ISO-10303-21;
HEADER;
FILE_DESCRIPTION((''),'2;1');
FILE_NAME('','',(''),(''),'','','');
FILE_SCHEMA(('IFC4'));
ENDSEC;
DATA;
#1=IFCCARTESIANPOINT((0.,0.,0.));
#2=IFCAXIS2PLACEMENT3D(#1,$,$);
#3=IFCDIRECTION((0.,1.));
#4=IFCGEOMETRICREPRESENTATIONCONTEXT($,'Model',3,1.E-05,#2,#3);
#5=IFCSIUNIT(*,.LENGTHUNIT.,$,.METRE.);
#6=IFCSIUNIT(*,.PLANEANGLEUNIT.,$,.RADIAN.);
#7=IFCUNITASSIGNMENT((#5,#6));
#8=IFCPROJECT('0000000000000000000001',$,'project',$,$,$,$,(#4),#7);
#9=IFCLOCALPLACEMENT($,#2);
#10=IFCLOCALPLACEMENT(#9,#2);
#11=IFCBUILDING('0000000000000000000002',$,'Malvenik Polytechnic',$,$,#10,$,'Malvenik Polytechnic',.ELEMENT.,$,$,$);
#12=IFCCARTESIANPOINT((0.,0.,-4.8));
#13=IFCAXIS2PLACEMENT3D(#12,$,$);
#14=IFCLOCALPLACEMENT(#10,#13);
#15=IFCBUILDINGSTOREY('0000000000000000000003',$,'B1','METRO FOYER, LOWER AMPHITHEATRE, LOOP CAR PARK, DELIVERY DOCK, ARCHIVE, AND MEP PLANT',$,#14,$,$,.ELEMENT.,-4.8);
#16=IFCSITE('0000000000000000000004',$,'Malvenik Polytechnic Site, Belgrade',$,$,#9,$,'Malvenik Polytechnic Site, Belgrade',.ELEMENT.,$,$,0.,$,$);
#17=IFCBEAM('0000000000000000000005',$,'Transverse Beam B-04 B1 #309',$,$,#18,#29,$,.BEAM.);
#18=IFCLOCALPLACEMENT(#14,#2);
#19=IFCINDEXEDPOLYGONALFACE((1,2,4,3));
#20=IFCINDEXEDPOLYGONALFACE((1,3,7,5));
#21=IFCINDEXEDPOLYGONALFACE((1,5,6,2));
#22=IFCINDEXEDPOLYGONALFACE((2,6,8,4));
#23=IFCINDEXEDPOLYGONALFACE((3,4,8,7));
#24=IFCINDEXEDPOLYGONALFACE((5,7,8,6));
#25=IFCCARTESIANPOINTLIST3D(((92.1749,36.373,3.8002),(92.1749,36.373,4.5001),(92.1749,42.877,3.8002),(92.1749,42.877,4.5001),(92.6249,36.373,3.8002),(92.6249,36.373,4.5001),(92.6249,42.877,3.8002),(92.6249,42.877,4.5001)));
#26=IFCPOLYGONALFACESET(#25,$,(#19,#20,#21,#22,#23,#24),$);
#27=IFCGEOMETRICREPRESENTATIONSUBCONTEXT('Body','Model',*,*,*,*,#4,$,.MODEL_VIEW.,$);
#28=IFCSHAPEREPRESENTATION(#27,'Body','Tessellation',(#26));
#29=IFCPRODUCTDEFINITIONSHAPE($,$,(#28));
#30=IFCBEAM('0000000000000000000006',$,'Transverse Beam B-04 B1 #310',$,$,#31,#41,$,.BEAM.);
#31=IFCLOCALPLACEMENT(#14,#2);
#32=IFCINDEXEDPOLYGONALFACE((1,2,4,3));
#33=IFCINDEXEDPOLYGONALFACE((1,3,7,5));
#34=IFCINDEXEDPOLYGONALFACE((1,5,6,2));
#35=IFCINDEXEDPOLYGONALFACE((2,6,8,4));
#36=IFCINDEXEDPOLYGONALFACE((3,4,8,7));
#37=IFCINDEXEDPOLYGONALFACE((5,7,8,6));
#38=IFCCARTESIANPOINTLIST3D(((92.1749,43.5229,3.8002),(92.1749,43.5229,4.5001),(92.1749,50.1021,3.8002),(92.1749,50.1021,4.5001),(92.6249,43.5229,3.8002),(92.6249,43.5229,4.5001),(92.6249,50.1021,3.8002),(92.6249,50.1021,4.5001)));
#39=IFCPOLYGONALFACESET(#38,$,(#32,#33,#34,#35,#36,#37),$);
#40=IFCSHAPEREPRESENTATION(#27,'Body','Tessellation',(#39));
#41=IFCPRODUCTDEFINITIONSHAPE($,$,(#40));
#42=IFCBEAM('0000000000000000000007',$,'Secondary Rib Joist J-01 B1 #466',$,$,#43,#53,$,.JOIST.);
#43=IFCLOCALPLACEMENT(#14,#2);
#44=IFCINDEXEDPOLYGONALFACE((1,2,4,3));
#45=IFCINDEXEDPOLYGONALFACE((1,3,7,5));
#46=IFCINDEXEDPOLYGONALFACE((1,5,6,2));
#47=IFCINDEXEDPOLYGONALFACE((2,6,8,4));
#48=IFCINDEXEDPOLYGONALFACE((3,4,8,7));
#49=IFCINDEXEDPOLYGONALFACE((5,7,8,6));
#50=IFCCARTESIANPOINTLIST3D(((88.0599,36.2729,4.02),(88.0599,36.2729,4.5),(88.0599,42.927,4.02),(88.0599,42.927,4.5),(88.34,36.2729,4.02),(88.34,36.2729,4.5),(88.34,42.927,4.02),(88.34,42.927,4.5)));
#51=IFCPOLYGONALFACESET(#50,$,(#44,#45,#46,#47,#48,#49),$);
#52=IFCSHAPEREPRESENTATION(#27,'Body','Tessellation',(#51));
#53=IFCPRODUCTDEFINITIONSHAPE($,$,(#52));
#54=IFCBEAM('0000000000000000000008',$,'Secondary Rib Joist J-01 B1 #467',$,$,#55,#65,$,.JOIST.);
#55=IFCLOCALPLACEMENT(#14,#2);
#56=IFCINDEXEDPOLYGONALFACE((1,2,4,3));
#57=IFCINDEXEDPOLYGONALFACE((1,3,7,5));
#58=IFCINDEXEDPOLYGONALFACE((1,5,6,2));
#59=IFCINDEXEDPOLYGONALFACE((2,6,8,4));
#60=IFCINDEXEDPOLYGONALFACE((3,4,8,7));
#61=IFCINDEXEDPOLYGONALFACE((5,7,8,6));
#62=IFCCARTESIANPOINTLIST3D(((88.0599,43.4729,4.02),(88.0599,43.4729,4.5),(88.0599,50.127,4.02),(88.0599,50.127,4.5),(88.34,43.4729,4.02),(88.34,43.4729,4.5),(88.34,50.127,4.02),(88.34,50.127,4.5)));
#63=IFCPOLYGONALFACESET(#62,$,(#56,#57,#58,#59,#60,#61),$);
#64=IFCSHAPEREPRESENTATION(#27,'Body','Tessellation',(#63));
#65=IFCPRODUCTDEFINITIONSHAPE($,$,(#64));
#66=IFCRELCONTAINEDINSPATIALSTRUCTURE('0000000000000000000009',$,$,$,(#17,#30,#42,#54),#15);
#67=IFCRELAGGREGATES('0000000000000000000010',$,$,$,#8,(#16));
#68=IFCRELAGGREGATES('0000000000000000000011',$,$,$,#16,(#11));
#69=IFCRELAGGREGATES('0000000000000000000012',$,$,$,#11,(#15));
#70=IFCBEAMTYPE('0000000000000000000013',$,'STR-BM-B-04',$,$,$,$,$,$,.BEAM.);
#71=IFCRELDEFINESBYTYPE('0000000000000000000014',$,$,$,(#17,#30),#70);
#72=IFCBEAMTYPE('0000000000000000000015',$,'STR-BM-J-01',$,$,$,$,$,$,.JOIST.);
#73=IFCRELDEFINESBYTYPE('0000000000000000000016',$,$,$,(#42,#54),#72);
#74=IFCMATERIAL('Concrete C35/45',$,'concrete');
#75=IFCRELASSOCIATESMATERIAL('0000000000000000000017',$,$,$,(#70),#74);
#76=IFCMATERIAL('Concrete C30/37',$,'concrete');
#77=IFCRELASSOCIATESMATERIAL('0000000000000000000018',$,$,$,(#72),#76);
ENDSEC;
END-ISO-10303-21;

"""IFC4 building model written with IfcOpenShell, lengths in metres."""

from ifc_helpers import new_model, si_unit, direction, frame, origin, origin_2d, place, context, subcontext, project, spatial, rectangle, extrude, material, material_profile, profile_set, type_object, element, save


model = new_model("IFC4")

# Units and contexts
model_context = context("Model", 3, precision=1e-05, world=origin(), true_north=direction((0.0, 1.0)))
body_context = subcontext(model_context, "Body", "Model", "MODEL_VIEW")
ifc_project = project(units=[si_unit("LENGTHUNIT", "METRE"), si_unit("PLANEANGLEUNIT", "RADIAN")], contexts=[model_context])

# Site, building, storey
site_placement = place(None, origin())
site = spatial("IfcSite", under=ifc_project, at=site_placement, Name="Malvenik Polytechnic Site, Belgrade", LongName="Malvenik Polytechnic Site, Belgrade", CompositionType="ELEMENT", RefElevation=0.0)
building_placement = place(site_placement, origin())
building = spatial("IfcBuilding", under=site, at=building_placement, Name="Malvenik Polytechnic", LongName="Malvenik Polytechnic", CompositionType="ELEMENT")
storey_placement = place(building_placement, frame((0.0, 0.0, -4.8)))
storey = spatial("IfcBuildingStorey", under=building, at=storey_placement, Name="B1", Description="METRO FOYER, LOWER AMPHITHEATRE, LOOP CAR PARK, DELIVERY DOCK, ARCHIVE, AND MEP PLANT", CompositionType="ELEMENT", Elevation=-4.8)

# Shared definitions
ifc_material_1 = material(Name="Concrete C35/45", Category="concrete")

# Beams
ifc_material_profile_1 = material_profile(ifc_material_1, rectangle(XDim=0.45, YDim=0.7, at=origin_2d()), Name="RC BM 450x700")
ifc_profile_set_1 = profile_set([ifc_material_profile_1], Name="Concrete C35/45")
beam_type_1 = type_object("IfcBeamType", Name="STR-BM-B-04", PredefinedType="BEAM", material=ifc_profile_set_1)
beam_1_placement = place(storey_placement, frame((92.3999, 36.373, 4.1501), z_axis=(0.0, 1.0, 0.0), x_axis=(-1.0, 0.0, 0.0)))
element("IfcBeam", 1, at=beam_1_placement, inside=storey, type_object=beam_type_1, Name="Transverse Beam B-04 B1 #309", PredefinedType="BEAM", context=body_context, shape_type="SweptSolid", body=[
    extrude(rectangle(XDim=0.45, YDim=0.7, at=origin_2d()), origin(), (0.0, 0.0, 1.0), 6.5039),
])
beam_2_placement = place(storey_placement, frame((92.3999, 43.5229, 4.1501), z_axis=(0.0, 1.0, 0.0), x_axis=(-1.0, 0.0, 0.0)))
element("IfcBeam", 2, at=beam_2_placement, inside=storey, type_object=beam_type_1, Name="Transverse Beam B-04 B1 #310", PredefinedType="BEAM", context=body_context, shape_type="SweptSolid", body=[
    extrude(rectangle(XDim=0.45, YDim=0.7, at=origin_2d()), origin(), (0.0, 0.0, 1.0), 6.5791),
])
ifc_material_2 = material(Name="Concrete C30/37", Category="concrete")
ifc_material_profile_2 = material_profile(ifc_material_2, rectangle(XDim=0.28, YDim=0.48, at=origin_2d()), Name="RC JST 280x480")
ifc_profile_set_2 = profile_set([ifc_material_profile_2], Name="Concrete C30/37")
beam_type_2 = type_object("IfcBeamType", Name="STR-BM-J-01", PredefinedType="JOIST", material=ifc_profile_set_2)
for number, where, z_axis, x_axis, name in (
    (3, (88.2, 36.2729, 4.26), (0.0, 1.0, 0.0), (-1.0, 0.0, 0.0), "Secondary Rib Joist J-01 B1 #466"),
    (4, (88.2, 43.4729, 4.26), (0.0, 1.0, 0.0), (-1.0, 0.0, 0.0), "Secondary Rib Joist J-01 B1 #467"),
):
    element("IfcBeam", number, at=place(storey_placement, frame(where, z_axis=z_axis, x_axis=x_axis)), inside=storey, type_object=beam_type_2, Name=name, PredefinedType="JOIST", context=body_context, shape_type="SweptSolid", body=[
        extrude(rectangle(XDim=0.28, YDim=0.48, at=origin_2d()), origin(), (0.0, 0.0, 1.0), 6.6541),
    ])

save(model, "model.ifc")
